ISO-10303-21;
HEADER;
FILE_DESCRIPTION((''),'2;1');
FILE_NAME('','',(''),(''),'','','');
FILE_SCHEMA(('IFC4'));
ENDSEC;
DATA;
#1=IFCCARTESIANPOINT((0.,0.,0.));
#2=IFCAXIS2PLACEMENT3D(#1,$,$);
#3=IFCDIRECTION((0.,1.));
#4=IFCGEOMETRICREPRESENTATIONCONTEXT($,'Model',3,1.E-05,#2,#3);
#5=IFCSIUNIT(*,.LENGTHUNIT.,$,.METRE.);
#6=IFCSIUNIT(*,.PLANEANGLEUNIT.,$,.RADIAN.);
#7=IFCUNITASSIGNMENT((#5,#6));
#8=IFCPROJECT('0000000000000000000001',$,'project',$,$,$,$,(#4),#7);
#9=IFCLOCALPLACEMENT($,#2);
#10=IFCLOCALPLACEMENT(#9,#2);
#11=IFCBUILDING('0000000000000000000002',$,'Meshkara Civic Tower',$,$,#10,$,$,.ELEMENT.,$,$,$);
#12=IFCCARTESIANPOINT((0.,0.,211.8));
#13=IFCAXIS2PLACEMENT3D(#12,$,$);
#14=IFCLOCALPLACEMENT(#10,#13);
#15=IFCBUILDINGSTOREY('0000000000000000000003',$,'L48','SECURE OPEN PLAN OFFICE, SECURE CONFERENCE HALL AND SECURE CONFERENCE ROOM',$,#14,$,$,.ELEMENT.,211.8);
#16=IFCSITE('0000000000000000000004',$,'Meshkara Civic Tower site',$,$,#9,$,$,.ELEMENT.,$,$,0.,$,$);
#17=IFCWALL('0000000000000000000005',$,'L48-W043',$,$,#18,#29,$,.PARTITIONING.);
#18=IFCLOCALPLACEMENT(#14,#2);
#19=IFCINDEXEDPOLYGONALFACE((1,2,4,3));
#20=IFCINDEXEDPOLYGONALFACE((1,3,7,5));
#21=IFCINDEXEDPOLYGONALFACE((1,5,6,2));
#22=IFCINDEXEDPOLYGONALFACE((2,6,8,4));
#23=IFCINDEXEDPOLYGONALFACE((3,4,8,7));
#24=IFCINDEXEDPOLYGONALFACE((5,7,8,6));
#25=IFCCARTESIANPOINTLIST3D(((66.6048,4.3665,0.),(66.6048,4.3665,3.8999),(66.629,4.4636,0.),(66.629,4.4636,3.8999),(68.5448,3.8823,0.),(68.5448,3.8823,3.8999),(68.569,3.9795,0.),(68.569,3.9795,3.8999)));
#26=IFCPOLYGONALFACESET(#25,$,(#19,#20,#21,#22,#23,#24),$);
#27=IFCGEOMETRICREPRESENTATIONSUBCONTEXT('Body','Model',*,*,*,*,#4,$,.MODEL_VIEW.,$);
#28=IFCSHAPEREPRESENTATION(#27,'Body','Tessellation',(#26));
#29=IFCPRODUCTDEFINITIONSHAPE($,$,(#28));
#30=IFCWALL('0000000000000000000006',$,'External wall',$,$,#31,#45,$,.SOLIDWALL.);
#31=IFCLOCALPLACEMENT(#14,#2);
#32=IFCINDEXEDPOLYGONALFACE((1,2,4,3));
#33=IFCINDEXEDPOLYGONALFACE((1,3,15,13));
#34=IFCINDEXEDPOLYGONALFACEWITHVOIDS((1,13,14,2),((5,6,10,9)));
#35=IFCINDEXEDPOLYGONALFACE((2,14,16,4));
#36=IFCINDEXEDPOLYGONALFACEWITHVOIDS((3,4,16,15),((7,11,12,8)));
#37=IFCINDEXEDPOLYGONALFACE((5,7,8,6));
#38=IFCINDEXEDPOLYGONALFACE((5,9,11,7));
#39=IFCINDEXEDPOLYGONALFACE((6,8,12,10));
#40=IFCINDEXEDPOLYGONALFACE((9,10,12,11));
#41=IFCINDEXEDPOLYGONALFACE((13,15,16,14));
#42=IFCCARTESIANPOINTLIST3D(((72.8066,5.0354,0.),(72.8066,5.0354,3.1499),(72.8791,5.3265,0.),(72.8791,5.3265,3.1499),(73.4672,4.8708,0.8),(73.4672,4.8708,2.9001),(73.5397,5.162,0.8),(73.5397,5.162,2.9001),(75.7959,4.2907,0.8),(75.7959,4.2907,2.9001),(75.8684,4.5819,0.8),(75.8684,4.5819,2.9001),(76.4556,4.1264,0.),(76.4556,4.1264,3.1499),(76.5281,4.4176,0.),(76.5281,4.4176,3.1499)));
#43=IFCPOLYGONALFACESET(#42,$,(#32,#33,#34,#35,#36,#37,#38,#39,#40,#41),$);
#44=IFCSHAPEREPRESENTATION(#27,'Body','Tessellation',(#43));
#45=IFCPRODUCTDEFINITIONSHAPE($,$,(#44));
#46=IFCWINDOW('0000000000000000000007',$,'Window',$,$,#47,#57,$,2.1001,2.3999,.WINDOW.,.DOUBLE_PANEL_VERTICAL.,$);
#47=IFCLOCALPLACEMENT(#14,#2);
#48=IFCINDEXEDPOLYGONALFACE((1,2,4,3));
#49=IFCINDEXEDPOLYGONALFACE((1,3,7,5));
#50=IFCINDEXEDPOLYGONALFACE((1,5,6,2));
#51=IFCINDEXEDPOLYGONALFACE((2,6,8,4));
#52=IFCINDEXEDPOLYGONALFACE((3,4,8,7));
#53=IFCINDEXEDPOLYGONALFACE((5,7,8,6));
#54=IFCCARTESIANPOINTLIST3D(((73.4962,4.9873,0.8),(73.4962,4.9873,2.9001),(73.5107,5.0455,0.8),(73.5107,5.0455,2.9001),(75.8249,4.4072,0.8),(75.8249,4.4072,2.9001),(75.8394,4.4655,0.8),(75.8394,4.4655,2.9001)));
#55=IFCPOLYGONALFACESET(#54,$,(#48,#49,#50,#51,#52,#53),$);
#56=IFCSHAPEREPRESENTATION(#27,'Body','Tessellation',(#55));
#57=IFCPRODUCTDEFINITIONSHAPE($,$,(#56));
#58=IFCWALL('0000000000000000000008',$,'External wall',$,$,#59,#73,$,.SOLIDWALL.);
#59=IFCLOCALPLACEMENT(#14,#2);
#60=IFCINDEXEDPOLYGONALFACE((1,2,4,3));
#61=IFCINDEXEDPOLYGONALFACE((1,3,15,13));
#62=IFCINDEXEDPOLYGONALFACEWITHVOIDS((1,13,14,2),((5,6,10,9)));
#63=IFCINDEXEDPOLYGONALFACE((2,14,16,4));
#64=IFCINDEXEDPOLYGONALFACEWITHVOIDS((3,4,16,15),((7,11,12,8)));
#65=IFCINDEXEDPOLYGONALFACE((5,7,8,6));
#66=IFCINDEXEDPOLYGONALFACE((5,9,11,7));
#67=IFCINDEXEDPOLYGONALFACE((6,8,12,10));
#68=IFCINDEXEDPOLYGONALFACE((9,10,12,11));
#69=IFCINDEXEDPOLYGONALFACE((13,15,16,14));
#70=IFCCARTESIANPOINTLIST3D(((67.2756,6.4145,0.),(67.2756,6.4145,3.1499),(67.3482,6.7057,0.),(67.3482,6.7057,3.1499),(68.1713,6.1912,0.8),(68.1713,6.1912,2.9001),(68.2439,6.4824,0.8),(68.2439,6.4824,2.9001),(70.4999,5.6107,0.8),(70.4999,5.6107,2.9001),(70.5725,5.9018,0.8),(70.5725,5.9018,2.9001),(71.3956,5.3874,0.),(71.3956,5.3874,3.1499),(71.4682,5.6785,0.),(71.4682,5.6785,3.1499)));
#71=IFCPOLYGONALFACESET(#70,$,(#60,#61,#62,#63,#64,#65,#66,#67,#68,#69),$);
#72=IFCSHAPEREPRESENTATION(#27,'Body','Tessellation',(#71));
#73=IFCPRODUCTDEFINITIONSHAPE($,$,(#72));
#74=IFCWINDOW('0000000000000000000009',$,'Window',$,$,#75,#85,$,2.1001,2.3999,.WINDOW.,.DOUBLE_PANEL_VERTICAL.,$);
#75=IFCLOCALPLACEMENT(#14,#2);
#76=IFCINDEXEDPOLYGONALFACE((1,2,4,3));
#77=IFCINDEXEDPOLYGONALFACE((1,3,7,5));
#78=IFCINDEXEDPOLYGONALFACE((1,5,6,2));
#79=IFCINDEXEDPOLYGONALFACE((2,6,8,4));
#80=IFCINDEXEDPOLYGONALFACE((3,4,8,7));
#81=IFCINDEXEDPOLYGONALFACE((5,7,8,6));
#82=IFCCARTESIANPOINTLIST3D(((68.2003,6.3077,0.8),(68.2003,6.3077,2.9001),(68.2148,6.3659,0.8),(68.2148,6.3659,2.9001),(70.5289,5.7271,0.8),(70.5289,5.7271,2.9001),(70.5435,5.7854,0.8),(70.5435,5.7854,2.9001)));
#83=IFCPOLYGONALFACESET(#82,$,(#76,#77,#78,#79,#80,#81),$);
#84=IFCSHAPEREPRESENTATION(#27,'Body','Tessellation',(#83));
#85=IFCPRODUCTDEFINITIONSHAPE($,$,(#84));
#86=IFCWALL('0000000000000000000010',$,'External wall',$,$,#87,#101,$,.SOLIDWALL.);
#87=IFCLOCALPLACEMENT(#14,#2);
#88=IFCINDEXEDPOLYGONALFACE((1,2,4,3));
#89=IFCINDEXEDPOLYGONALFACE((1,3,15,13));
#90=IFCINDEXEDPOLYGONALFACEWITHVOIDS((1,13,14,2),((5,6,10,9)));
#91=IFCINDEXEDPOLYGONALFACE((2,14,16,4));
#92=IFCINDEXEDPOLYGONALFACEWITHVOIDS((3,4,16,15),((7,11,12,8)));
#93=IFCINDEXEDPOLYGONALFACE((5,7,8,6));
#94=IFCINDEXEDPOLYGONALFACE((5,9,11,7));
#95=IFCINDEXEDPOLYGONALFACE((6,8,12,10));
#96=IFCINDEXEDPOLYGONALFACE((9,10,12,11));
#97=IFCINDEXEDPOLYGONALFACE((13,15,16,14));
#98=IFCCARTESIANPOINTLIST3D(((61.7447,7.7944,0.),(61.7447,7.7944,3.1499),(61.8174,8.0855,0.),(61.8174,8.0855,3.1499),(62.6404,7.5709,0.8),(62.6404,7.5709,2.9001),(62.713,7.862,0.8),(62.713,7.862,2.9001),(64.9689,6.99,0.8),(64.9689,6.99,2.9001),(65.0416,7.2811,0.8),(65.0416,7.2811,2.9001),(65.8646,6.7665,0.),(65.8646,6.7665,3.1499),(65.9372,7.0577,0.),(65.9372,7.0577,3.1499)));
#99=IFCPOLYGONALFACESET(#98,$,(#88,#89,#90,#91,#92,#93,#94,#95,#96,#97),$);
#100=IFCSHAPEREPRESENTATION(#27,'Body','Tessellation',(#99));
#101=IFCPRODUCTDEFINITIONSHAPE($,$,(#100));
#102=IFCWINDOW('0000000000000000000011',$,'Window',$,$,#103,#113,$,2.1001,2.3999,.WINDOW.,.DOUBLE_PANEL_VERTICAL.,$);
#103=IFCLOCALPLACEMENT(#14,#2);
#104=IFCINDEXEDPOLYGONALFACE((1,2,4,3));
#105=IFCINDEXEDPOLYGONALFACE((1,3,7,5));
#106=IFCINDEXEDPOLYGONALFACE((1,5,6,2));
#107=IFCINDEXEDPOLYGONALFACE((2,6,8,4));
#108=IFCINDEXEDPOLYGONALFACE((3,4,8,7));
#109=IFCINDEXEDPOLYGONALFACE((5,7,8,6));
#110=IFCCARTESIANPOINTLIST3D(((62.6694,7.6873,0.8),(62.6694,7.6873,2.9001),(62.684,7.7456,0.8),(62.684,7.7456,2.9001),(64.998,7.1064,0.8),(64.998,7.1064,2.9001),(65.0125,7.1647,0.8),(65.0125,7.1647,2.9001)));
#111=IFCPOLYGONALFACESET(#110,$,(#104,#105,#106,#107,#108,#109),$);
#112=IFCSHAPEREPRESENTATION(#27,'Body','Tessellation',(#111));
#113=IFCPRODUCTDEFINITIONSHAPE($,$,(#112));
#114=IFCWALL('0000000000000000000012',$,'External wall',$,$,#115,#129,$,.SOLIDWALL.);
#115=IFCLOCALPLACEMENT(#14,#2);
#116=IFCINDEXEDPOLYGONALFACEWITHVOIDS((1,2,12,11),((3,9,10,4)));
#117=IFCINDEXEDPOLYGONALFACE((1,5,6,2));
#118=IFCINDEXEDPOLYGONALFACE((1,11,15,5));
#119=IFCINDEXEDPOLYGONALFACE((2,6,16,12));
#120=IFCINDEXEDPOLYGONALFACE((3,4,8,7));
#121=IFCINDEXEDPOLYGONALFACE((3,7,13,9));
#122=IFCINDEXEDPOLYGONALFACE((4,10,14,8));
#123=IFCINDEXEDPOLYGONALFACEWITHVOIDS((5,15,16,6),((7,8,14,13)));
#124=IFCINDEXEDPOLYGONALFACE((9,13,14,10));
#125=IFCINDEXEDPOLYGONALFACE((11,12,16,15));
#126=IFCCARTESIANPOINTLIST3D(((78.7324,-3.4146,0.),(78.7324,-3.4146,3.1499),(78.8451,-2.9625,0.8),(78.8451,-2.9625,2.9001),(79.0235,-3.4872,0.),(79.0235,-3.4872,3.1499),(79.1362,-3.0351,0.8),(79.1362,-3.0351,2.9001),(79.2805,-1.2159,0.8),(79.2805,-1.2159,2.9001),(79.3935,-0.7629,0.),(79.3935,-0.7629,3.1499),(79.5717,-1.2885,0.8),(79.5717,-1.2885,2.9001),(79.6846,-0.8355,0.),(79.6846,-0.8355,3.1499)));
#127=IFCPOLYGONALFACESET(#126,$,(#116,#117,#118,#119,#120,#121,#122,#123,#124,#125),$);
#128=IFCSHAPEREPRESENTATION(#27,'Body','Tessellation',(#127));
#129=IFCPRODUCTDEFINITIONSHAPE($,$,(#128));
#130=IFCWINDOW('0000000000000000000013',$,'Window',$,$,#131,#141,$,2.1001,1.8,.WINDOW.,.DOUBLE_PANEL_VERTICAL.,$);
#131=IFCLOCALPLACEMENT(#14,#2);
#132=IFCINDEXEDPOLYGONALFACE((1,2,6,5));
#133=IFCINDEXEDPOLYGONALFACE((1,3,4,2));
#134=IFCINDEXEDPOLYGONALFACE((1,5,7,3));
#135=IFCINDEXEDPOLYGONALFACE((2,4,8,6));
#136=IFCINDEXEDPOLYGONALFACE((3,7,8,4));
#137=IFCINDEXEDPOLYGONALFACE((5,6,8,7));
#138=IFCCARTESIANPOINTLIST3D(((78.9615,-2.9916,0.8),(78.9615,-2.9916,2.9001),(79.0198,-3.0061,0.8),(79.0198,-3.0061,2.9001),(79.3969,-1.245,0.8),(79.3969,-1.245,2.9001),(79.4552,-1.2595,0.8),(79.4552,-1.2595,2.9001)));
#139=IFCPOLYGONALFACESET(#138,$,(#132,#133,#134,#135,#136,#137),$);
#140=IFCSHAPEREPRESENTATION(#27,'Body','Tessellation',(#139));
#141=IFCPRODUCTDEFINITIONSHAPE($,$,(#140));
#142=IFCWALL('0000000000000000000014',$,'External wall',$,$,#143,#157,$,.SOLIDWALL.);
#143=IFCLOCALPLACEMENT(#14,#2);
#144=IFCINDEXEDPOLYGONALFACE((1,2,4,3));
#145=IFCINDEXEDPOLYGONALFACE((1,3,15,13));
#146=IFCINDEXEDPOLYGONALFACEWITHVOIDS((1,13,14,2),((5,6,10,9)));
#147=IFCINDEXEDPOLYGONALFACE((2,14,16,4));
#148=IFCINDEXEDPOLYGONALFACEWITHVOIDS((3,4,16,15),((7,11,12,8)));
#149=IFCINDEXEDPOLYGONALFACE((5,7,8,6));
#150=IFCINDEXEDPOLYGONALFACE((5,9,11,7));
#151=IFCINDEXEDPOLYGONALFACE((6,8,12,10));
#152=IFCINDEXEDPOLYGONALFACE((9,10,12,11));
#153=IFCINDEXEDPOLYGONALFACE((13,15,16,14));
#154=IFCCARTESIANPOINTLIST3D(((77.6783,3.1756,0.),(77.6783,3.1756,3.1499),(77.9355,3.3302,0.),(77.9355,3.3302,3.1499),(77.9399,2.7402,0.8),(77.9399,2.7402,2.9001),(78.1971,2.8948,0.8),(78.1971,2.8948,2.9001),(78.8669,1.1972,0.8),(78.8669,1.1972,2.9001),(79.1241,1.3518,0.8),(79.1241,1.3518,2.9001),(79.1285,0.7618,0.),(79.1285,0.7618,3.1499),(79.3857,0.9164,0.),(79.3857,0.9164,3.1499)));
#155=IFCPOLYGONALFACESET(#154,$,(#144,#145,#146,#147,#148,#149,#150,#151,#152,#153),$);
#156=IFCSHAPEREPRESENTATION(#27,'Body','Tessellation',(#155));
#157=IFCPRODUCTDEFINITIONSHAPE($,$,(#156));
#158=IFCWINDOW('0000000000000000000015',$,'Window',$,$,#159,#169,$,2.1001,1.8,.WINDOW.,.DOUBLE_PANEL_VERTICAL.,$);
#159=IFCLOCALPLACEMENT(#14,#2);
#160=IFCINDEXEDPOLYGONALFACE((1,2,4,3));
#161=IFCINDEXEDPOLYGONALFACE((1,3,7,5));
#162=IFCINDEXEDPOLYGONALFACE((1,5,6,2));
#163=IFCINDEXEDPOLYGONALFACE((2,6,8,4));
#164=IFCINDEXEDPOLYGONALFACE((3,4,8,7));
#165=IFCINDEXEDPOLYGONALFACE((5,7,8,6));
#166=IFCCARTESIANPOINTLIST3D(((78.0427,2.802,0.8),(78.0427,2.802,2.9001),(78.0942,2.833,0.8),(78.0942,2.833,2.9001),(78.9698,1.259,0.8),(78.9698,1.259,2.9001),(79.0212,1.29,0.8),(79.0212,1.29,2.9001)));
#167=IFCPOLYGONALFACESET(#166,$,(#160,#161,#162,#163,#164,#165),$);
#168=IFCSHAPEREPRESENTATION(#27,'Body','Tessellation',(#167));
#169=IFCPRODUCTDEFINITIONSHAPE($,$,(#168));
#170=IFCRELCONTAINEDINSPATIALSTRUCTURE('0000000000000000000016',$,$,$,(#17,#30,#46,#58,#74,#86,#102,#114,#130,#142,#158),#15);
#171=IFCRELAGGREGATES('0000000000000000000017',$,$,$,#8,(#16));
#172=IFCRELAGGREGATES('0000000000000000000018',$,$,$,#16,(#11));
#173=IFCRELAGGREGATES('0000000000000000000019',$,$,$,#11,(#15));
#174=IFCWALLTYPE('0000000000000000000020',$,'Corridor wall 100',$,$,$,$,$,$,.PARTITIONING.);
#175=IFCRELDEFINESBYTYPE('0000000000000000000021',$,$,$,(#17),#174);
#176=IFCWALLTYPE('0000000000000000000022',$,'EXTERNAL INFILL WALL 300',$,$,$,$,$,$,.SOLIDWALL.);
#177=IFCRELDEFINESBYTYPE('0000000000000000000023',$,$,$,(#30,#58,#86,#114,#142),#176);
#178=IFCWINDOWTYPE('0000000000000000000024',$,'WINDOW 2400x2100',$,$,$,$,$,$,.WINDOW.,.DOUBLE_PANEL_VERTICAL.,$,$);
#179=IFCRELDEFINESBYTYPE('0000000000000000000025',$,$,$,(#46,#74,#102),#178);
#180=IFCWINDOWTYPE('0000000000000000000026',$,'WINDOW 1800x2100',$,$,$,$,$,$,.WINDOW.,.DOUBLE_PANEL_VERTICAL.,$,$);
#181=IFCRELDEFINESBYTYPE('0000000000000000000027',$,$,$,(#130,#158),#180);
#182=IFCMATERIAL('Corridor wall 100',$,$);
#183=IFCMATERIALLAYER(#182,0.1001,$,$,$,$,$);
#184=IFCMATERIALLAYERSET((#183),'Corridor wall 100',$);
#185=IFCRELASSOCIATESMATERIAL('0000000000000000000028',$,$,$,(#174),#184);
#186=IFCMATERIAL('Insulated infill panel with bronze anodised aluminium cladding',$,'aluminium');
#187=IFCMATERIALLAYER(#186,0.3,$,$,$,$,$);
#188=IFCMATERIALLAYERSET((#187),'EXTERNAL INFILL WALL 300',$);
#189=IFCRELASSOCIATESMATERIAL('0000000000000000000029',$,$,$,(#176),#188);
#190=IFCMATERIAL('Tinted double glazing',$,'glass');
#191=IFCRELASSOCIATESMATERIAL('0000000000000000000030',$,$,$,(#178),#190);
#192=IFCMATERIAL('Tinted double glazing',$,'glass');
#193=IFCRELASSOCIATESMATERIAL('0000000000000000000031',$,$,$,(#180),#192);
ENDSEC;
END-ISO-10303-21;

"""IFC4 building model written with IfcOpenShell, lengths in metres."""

from ifc_helpers import new_model, si_unit, direction, frame, frame_2d, origin, place, context, subcontext, project, spatial, rectangle, extrude, material, layer, layer_set, type_object, element, fill, save


model = new_model("IFC4")

# Units and contexts
model_context = context("Model", 3, precision=1e-05, world=origin(), true_north=direction((0.0, 1.0)))
body_context = subcontext(model_context, "Body", "Model", "MODEL_VIEW")
ifc_project = project(units=[si_unit("LENGTHUNIT", "METRE"), si_unit("PLANEANGLEUNIT", "RADIAN")], contexts=[model_context])

# Site, building, storey
site_placement = place(None, origin())
site = spatial("IfcSite", under=ifc_project, at=site_placement, Name="Meshkara Civic Tower site", CompositionType="ELEMENT", RefElevation=0.0)
building_placement = place(site_placement, origin())
building = spatial("IfcBuilding", under=site, at=building_placement, Name="Meshkara Civic Tower", CompositionType="ELEMENT")
storey_placement = place(building_placement, frame((0.0, 0.0, 211.8)))
storey = spatial("IfcBuildingStorey", under=building, at=storey_placement, Name="L48", Description="SECURE OPEN PLAN OFFICE, SECURE CONFERENCE HALL AND SECURE CONFERENCE ROOM", CompositionType="ELEMENT", Elevation=211.8)

# Shared definitions
ifc_material_1 = material(Name="Corridor wall 100")
ifc_layer_1 = layer(ifc_material_1, 0.1001)
ifc_layer_set_1 = layer_set([ifc_layer_1], Name="Corridor wall 100")
wall_type_1 = type_object("IfcWallType", Name="Corridor wall 100", PredefinedType="PARTITIONING", material=ifc_layer_set_1)

# Wall
wall_1_placement = place(storey_placement, frame((68.5569, 3.9309, 0.0), z_axis=(0.0, 0.0, 1.0), x_axis=(-0.970243, 0.242133, 0.0)))
element("IfcWall", 1, at=wall_1_placement, inside=storey, type_object=wall_type_1, Name="L48-W043", PredefinedType="PARTITIONING", context=body_context, shape_type="SweptSolid", body=[
    extrude(rectangle(XDim=1.9995, YDim=0.1001, at=frame_2d((0.9998, 0.0))), origin(), (0.0, 0.0, 1.0), 3.8999),
])

# Walls, openings, windows
ifc_material_2 = material(Name="Insulated infill panel with bronze anodised aluminium cladding", Category="aluminium")
ifc_layer_2 = layer(ifc_material_2, 0.3)
ifc_layer_set_2 = layer_set([ifc_layer_2], Name="EXTERNAL INFILL WALL 300")
wall_type_2 = type_object("IfcWallType", Name="EXTERNAL INFILL WALL 300", PredefinedType="SOLIDWALL", material=ifc_layer_set_2)
wall_2_placement = place(storey_placement, frame((76.4919, 4.272, 0.0), z_axis=(0.0, 0.0, 1.0), x_axis=(-0.970348, 0.241711, 0.0)))
wall_2 = element("IfcWall", 2, at=wall_2_placement, inside=storey, type_object=wall_type_2, Name="External wall", PredefinedType="SOLIDWALL", context=body_context, shape_type="SweptSolid", body=[
    extrude(rectangle(XDim=3.7605, YDim=0.3, at=frame_2d((1.8804, 0.0))), origin(), (0.0, 0.0, 1.0), 3.1499),
])
opening_1_placement = place(wall_2_placement, frame((0.6799, 0.0, 0.8)))
opening_1 = element("IfcOpeningElement", 3, at=opening_1_placement, cuts=wall_2, PredefinedType="OPENING", context=body_context, shape_type="SweptSolid", body=[
    extrude(rectangle(XDim=2.3999, YDim=2.1001, at=frame_2d((1.2, 1.05))), frame((0.0, 0.1599, 0.0), z_axis=(0.0, -1.0, 0.0), x_axis=(1.0, 0.0, 0.0)), (0.0, 0.0, 1.0), 0.3201),
])
ifc_material_3 = material(Name="Tinted double glazing", Category="glass")
window_type_1 = type_object("IfcWindowType", Name="WINDOW 2400x2100", PartitioningType="DOUBLE_PANEL_VERTICAL", PredefinedType="WINDOW", material=ifc_material_3)
window_1_placement = place(opening_1_placement, origin())
window_1 = element("IfcWindow", 4, at=window_1_placement, inside=storey, type_object=window_type_1, Name="Window", OverallHeight=2.1001, OverallWidth=2.3999, PartitioningType="DOUBLE_PANEL_VERTICAL", PredefinedType="WINDOW", context=body_context, shape_type="SweptSolid", body=[
    extrude(rectangle(XDim=2.3999, YDim=2.1001, at=frame_2d((1.2, 1.05))), frame((0.0, 0.03, 0.0), z_axis=(0.0, -1.0, 0.0), x_axis=(1.0, 0.0, 0.0)), (0.0, 0.0, 1.0), 0.0601),
])
fill(opening_1, window_1)
wall_3_placement = place(storey_placement, frame((71.4319, 5.533, 0.0), z_axis=(0.0, 0.0, 1.0), x_axis=(-0.970301, 0.2419, 0.0)))
wall_3 = element("IfcWall", 5, at=wall_3_placement, inside=storey, type_object=wall_type_2, Name="External wall", PredefinedType="SOLIDWALL", context=body_context, shape_type="SweptSolid", body=[
    extrude(rectangle(XDim=4.2461, YDim=0.3, at=frame_2d((2.123, 0.0))), origin(), (0.0, 0.0, 1.0), 3.1499),
])
opening_2_placement = place(wall_3_placement, frame((0.9231, 0.0, 0.8)))
opening_2 = element("IfcOpeningElement", 6, at=opening_2_placement, cuts=wall_3, PredefinedType="OPENING", context=body_context, shape_type="SweptSolid", body=[
    extrude(rectangle(XDim=2.3999, YDim=2.1001, at=frame_2d((1.2, 1.05))), frame((0.0, 0.1599, 0.0), z_axis=(0.0, -1.0, 0.0), x_axis=(1.0, 0.0, 0.0)), (0.0, 0.0, 1.0), 0.3201),
])
window_2_placement = place(opening_2_placement, origin())
window_2 = element("IfcWindow", 7, at=window_2_placement, inside=storey, type_object=window_type_1, Name="Window", OverallHeight=2.1001, OverallWidth=2.3999, PartitioningType="DOUBLE_PANEL_VERTICAL", PredefinedType="WINDOW", context=body_context, shape_type="SweptSolid", body=[
    extrude(rectangle(XDim=2.3999, YDim=2.1001, at=frame_2d((1.2, 1.05))), frame((0.0, 0.03, 0.0), z_axis=(0.0, -1.0, 0.0), x_axis=(1.0, 0.0, 0.0)), (0.0, 0.0, 1.0), 0.0601),
])
fill(opening_2, window_2)
wall_4_placement = place(storey_placement, frame((65.9009, 6.9121, 0.0), z_axis=(0.0, 0.0, 1.0), x_axis=(-0.970261, 0.242062, 0.0)))
wall_4 = element("IfcWall", 8, at=wall_4_placement, inside=storey, type_object=wall_type_2, Name="External wall", PredefinedType="SOLIDWALL", context=body_context, shape_type="SweptSolid", body=[
    extrude(rectangle(XDim=4.2461, YDim=0.3, at=frame_2d((2.123, 0.0))), origin(), (0.0, 0.0, 1.0), 3.1499),
])
opening_3_placement = place(wall_4_placement, frame((0.9231, 0.0, 0.8)))
opening_3 = element("IfcOpeningElement", 9, at=opening_3_placement, cuts=wall_4, PredefinedType="OPENING", context=body_context, shape_type="SweptSolid", body=[
    extrude(rectangle(XDim=2.3999, YDim=2.1001, at=frame_2d((1.2, 1.05))), frame((0.0, 0.1599, 0.0), z_axis=(0.0, -1.0, 0.0), x_axis=(1.0, 0.0, 0.0)), (0.0, 0.0, 1.0), 0.3201),
])
window_3_placement = place(opening_3_placement, origin())
window_3 = element("IfcWindow", 10, at=window_3_placement, inside=storey, type_object=window_type_1, Name="Window", OverallHeight=2.1001, OverallWidth=2.3999, PartitioningType="DOUBLE_PANEL_VERTICAL", PredefinedType="WINDOW", context=body_context, shape_type="SweptSolid", body=[
    extrude(rectangle(XDim=2.3999, YDim=2.1001, at=frame_2d((1.2, 1.05))), frame((0.0, 0.03, 0.0), z_axis=(0.0, -1.0, 0.0), x_axis=(1.0, 0.0, 0.0)), (0.0, 0.0, 1.0), 0.0601),
])
fill(opening_3, window_3)
wall_5_placement = place(storey_placement, frame((78.8779, -3.4509, 0.0), z_axis=(0.0, 0.0, 1.0), x_axis=(0.241905, 0.9703, 0.0)))
wall_5 = element("IfcWall", 11, at=wall_5_placement, inside=storey, type_object=wall_type_2, Name="External wall", PredefinedType="SOLIDWALL", context=body_context, shape_type="SweptSolid", body=[
    extrude(rectangle(XDim=2.7329, YDim=0.3, at=frame_2d((1.3665, 0.0))), origin(), (0.0, 0.0, 1.0), 3.1499),
])
opening_4_placement = place(wall_5_placement, frame((0.4661, 0.0, 0.8)))
opening_4 = element("IfcOpeningElement", 12, at=opening_4_placement, cuts=wall_5, PredefinedType="OPENING", context=body_context, shape_type="SweptSolid", body=[
    extrude(rectangle(XDim=1.8, YDim=2.1001, at=frame_2d((0.8999, 1.05))), frame((0.0, 0.1599, 0.0), z_axis=(0.0, -1.0, 0.0), x_axis=(1.0, 0.0, 0.0)), (0.0, 0.0, 1.0), 0.3201),
])
ifc_material_4 = material(Name="Tinted double glazing", Category="glass")
window_type_2 = type_object("IfcWindowType", Name="WINDOW 1800x2100", PartitioningType="DOUBLE_PANEL_VERTICAL", PredefinedType="WINDOW", material=ifc_material_4)
window_4_placement = place(opening_4_placement, origin())
window_4 = element("IfcWindow", 13, at=window_4_placement, inside=storey, type_object=window_type_2, Name="Window", OverallHeight=2.1001, OverallWidth=1.8, PartitioningType="DOUBLE_PANEL_VERTICAL", PredefinedType="WINDOW", context=body_context, shape_type="SweptSolid", body=[
    extrude(rectangle(XDim=1.8, YDim=2.1001, at=frame_2d((0.8999, 1.05))), frame((0.0, 0.03, 0.0), z_axis=(0.0, -1.0, 0.0), x_axis=(1.0, 0.0, 0.0)), (0.0, 0.0, 1.0), 0.0601),
])
fill(opening_4, window_4)
wall_6_placement = place(storey_placement, frame((79.2571, 0.8391, 0.0), z_axis=(0.0, 0.0, 1.0), x_axis=(-0.514993, 0.857194, 0.0)))
wall_6 = element("IfcWall", 14, at=wall_6_placement, inside=storey, type_object=wall_type_2, Name="External wall", PredefinedType="SOLIDWALL", context=body_context, shape_type="SweptSolid", body=[
    extrude(rectangle(XDim=2.8159, YDim=0.3, at=frame_2d((1.408, 0.0))), origin(), (0.0, 0.0, 1.0), 3.1499),
])
opening_5_placement = place(wall_6_placement, frame((0.5081, 0.0, 0.8)))
opening_5 = element("IfcOpeningElement", 15, at=opening_5_placement, cuts=wall_6, PredefinedType="OPENING", context=body_context, shape_type="SweptSolid", body=[
    extrude(rectangle(XDim=1.8, YDim=2.1001, at=frame_2d((0.8999, 1.05))), frame((0.0, 0.1599, 0.0), z_axis=(0.0, -1.0, 0.0), x_axis=(1.0, 0.0, 0.0)), (0.0, 0.0, 1.0), 0.3201),
])
window_5_placement = place(opening_5_placement, origin())
window_5 = element("IfcWindow", 16, at=window_5_placement, inside=storey, type_object=window_type_2, Name="Window", OverallHeight=2.1001, OverallWidth=1.8, PartitioningType="DOUBLE_PANEL_VERTICAL", PredefinedType="WINDOW", context=body_context, shape_type="SweptSolid", body=[
    extrude(rectangle(XDim=1.8, YDim=2.1001, at=frame_2d((0.8999, 1.05))), frame((0.0, 0.03, 0.0), z_axis=(0.0, -1.0, 0.0), x_axis=(1.0, 0.0, 0.0)), (0.0, 0.0, 1.0), 0.0601),
])
fill(opening_5, window_5)

save(model, "model.ifc")
